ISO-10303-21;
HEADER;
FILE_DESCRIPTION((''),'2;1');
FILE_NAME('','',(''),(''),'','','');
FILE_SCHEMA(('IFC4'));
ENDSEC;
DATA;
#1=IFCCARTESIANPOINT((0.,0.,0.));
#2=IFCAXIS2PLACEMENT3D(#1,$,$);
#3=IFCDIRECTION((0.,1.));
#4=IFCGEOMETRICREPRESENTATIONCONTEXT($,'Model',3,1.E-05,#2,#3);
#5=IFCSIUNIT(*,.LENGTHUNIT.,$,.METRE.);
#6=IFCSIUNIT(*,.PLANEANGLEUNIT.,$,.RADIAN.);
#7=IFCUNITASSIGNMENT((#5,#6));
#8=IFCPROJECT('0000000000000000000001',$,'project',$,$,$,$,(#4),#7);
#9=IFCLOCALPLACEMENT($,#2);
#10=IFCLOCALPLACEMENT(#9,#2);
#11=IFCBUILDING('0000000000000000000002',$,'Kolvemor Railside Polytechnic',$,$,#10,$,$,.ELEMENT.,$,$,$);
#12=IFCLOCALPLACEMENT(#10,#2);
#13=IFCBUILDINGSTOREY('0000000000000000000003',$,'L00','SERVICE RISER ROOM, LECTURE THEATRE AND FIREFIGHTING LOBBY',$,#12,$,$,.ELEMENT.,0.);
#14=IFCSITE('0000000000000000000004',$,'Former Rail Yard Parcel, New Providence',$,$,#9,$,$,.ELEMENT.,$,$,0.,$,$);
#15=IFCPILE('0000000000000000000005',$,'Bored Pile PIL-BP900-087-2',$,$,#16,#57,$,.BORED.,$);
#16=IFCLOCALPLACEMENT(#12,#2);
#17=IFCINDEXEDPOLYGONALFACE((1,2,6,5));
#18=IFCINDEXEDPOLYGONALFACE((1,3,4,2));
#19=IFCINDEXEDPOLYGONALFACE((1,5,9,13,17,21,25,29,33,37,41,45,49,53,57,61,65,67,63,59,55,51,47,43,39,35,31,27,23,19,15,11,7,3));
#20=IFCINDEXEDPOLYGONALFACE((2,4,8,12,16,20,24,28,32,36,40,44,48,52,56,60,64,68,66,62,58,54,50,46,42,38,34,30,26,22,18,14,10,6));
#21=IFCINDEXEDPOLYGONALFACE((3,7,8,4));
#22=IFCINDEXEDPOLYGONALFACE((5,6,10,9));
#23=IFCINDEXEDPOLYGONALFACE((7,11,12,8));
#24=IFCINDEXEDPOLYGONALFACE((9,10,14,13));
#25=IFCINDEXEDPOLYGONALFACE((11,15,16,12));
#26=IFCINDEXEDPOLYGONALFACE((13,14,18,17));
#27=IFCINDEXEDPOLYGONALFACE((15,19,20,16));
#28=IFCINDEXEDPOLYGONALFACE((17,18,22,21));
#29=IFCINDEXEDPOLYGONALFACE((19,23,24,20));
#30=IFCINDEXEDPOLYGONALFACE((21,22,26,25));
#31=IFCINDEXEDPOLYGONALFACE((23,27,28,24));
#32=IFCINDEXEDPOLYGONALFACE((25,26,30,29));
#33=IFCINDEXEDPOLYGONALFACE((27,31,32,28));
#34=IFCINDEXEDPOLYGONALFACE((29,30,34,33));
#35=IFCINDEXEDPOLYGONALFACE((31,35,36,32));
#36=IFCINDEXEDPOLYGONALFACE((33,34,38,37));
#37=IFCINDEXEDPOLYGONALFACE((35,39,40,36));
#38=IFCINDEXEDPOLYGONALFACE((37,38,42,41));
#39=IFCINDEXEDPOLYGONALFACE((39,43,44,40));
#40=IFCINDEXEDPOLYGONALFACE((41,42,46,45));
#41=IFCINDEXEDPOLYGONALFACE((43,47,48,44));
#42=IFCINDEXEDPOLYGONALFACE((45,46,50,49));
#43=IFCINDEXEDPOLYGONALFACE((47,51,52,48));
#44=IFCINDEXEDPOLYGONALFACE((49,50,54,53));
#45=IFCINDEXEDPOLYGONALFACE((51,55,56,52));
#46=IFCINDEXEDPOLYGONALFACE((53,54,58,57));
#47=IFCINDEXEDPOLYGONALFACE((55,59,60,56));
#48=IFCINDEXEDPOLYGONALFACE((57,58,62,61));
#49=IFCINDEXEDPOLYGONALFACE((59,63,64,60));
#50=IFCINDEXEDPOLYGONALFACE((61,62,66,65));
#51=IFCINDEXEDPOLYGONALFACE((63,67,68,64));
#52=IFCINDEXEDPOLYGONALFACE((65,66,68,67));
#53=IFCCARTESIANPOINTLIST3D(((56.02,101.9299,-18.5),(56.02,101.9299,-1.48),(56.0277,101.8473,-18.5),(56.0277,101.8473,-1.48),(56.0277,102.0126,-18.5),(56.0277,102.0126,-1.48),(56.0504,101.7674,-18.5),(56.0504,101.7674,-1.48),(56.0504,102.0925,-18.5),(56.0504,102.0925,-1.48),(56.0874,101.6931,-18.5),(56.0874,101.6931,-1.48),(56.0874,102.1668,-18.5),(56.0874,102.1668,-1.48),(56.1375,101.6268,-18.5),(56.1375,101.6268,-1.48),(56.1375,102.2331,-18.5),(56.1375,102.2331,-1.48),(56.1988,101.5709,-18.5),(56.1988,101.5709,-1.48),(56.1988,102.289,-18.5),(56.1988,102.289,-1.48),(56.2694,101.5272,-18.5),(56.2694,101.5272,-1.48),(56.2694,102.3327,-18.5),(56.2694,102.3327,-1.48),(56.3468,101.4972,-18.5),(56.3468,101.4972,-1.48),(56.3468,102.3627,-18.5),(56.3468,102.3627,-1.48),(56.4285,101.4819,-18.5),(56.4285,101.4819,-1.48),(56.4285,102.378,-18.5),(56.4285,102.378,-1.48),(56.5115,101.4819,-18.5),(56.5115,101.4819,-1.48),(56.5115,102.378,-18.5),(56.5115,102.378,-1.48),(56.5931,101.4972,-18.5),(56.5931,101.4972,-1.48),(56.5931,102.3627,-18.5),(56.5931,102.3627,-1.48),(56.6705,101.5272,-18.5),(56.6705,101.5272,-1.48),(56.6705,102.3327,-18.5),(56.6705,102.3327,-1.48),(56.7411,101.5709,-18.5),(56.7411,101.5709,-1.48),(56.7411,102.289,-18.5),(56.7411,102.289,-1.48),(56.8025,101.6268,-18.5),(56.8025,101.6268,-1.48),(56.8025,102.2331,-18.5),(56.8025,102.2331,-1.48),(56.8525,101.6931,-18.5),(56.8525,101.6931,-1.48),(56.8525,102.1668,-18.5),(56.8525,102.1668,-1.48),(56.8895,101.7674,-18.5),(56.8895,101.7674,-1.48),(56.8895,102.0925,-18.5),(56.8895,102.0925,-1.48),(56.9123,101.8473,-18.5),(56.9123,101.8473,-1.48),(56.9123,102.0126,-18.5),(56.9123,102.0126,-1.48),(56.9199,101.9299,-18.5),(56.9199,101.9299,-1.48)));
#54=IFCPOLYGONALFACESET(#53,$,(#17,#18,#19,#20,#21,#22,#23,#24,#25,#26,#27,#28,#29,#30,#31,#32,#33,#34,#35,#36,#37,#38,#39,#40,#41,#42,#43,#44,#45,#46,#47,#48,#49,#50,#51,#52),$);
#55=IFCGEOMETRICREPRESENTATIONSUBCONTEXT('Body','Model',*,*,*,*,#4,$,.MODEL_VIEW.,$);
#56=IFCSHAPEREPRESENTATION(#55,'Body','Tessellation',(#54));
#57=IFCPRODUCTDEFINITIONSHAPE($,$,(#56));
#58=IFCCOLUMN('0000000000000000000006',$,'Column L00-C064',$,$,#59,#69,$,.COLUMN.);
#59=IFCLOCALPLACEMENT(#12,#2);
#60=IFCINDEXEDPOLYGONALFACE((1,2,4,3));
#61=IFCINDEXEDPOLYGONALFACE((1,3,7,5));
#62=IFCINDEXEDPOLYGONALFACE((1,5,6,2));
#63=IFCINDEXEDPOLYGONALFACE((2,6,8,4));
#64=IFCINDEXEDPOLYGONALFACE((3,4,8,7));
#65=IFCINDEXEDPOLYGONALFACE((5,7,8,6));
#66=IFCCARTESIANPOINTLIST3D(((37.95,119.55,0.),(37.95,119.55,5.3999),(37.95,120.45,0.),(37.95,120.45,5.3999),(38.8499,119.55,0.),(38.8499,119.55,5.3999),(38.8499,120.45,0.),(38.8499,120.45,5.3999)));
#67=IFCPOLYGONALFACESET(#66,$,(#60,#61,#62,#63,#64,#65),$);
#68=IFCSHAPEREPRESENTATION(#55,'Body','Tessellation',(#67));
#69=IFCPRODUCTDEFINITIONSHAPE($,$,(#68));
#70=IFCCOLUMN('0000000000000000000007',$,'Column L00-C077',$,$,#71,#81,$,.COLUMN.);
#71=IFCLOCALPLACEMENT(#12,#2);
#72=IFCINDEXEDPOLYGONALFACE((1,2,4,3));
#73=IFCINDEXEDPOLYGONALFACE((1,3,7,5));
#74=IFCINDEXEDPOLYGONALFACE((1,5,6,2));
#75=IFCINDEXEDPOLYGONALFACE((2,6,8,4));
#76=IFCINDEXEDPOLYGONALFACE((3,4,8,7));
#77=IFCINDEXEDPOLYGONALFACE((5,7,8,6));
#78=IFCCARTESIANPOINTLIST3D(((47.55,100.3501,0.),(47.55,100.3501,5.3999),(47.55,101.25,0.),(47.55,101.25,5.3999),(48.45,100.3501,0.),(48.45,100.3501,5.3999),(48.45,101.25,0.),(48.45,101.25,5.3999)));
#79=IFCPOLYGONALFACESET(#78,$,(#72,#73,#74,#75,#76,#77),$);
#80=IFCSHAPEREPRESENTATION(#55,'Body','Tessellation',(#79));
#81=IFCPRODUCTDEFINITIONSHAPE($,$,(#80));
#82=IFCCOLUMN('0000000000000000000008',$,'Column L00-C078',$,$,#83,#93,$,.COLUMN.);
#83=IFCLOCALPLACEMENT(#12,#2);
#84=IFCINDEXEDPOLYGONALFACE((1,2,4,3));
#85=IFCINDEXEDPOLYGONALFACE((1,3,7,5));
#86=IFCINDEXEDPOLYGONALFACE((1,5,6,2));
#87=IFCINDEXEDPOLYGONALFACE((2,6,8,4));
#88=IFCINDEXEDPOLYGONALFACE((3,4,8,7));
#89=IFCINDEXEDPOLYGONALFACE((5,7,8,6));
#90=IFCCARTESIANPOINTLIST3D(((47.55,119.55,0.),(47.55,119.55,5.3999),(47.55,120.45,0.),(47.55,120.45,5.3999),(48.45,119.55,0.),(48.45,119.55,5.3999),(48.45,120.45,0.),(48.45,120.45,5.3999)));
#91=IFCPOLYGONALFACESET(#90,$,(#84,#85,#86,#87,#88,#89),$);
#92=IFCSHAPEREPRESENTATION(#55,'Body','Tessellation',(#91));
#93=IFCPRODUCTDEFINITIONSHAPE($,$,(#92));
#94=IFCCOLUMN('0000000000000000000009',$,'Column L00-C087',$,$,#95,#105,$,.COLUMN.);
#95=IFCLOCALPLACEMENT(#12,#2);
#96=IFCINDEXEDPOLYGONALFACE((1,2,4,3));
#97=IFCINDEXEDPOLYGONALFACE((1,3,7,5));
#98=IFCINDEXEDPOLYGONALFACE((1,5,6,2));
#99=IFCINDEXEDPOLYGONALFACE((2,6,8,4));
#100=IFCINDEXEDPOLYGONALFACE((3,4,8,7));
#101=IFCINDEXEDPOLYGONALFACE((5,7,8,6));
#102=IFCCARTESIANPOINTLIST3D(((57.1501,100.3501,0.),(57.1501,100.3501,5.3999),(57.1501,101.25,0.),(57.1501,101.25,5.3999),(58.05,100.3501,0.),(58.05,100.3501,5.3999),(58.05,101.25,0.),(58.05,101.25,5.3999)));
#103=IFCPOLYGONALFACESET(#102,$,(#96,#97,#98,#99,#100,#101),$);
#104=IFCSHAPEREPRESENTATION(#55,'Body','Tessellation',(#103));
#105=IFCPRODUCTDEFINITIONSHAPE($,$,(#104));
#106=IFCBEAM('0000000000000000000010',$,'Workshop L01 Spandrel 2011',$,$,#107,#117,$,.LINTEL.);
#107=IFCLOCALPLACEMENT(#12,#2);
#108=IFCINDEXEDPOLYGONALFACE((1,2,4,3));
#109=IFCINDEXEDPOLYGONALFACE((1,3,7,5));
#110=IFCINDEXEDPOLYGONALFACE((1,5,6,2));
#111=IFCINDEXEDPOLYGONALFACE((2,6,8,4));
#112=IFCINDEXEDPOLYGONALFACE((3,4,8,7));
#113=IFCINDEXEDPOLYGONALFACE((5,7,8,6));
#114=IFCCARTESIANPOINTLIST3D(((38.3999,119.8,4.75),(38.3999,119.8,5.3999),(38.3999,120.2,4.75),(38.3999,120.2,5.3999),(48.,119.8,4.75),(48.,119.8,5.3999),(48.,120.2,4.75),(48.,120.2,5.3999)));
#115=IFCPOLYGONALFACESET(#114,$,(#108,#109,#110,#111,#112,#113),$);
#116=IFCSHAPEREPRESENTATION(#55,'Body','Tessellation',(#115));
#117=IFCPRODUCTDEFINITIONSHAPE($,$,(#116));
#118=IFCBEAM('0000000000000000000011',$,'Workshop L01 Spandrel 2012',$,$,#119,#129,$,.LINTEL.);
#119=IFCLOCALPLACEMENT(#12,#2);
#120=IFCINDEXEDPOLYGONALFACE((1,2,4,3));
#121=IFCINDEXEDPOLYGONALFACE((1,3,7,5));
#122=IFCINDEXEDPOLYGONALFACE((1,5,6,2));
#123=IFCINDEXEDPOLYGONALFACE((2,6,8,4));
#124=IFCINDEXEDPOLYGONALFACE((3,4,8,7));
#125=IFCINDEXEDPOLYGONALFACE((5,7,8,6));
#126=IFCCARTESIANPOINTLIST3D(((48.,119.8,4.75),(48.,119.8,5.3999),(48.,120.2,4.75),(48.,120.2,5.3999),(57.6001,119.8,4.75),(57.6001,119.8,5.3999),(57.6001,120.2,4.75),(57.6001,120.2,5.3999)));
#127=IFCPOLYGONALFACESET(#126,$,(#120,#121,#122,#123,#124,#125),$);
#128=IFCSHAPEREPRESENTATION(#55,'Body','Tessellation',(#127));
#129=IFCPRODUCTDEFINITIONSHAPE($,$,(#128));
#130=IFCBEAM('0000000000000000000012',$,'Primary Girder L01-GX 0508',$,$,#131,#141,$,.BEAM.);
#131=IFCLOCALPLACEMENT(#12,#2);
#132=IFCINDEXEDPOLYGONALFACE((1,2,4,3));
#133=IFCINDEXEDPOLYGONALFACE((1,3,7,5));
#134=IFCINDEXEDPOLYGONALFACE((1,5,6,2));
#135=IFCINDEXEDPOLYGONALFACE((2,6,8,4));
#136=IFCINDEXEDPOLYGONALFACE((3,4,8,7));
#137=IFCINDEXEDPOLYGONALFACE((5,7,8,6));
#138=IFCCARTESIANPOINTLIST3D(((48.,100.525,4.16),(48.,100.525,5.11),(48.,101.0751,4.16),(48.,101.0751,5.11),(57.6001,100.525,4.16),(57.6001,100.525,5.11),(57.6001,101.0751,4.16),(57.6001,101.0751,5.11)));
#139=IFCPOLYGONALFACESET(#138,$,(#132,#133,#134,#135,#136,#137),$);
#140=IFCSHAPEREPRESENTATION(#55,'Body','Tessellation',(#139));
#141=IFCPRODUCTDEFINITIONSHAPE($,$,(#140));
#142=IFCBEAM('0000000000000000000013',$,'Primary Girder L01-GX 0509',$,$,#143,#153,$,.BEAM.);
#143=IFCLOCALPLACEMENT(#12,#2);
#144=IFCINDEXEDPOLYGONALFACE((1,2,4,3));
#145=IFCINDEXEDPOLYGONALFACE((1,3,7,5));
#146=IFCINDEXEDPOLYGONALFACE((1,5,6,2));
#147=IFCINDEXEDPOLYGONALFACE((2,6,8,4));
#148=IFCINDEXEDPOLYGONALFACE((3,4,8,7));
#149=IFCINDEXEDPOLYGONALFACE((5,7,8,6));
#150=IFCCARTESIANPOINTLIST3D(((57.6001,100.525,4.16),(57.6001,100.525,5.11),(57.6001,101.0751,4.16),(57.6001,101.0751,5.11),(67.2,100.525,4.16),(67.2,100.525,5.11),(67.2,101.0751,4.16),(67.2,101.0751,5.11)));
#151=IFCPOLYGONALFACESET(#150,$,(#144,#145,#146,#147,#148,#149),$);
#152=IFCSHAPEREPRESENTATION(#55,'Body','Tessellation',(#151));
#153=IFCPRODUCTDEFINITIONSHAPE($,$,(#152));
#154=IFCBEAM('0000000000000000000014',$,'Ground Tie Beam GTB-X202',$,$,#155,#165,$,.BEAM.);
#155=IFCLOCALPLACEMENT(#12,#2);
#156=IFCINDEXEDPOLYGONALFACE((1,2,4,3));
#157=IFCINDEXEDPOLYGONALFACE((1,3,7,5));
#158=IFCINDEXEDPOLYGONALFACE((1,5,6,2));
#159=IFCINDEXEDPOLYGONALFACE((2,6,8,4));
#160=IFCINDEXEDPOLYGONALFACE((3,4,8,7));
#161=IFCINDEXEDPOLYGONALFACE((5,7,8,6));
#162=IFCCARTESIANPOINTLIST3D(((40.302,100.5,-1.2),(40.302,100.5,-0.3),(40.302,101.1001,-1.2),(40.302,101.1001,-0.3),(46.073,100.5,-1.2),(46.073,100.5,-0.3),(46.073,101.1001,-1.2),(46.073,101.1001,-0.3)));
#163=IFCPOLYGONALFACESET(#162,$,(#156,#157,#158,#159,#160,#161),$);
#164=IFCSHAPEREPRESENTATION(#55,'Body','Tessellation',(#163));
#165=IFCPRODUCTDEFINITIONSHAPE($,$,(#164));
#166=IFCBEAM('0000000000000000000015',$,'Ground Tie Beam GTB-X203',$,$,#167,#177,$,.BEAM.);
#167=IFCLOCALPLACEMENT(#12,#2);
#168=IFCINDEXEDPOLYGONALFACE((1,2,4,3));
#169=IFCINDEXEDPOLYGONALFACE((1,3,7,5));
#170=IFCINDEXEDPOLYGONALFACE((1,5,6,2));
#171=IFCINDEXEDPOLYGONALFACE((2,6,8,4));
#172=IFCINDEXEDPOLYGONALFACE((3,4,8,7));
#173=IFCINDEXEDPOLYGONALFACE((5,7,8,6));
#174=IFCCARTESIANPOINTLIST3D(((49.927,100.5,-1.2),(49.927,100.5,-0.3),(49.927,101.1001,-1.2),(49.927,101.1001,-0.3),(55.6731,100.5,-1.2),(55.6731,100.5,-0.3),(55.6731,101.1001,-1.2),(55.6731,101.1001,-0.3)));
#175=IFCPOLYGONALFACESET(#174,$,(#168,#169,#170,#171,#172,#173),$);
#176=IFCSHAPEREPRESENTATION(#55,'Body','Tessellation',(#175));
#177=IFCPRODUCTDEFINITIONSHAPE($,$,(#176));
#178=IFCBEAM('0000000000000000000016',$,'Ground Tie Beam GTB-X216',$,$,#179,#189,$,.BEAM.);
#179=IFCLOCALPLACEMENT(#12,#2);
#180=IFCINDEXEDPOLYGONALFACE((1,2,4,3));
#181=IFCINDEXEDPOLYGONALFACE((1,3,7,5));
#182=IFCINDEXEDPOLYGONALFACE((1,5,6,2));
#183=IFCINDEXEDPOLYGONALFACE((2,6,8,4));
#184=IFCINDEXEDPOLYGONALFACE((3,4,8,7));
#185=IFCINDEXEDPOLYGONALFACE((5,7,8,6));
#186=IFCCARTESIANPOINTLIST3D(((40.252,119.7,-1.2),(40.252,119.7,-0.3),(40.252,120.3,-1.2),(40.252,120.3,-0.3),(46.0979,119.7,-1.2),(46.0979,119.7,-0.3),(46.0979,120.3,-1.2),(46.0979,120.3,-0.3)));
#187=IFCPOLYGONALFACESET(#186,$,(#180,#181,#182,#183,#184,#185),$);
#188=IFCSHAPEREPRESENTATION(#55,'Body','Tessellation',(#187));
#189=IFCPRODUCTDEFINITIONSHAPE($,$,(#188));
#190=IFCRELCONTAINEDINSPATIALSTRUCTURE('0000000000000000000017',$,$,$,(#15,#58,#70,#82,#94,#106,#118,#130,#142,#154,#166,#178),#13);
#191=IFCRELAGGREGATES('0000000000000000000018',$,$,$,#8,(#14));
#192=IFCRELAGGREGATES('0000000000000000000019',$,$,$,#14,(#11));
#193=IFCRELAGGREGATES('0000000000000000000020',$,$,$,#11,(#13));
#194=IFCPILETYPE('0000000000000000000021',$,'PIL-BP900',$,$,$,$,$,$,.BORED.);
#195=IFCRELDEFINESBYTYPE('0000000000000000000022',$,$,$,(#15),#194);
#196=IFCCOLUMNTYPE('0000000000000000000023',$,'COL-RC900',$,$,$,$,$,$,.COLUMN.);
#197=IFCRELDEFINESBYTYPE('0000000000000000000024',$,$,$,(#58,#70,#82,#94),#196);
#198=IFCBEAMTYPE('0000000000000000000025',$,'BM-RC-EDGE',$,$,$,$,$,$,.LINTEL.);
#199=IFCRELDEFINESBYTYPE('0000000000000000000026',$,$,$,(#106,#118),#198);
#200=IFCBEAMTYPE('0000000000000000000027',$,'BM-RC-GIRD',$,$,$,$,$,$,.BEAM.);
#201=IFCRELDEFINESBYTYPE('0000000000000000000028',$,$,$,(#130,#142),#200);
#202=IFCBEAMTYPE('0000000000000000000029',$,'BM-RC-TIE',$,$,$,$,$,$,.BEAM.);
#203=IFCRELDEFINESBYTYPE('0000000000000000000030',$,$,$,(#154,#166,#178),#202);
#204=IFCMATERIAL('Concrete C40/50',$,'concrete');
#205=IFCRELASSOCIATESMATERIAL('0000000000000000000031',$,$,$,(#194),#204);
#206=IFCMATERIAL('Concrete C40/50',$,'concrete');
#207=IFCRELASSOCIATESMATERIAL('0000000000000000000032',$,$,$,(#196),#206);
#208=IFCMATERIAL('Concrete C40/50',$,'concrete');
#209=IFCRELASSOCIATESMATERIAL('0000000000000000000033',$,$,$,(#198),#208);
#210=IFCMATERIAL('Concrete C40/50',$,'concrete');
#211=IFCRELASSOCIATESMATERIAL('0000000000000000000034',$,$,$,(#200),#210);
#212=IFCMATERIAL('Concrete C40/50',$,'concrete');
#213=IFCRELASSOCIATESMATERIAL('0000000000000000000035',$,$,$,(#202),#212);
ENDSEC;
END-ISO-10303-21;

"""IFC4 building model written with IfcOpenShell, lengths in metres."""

from ifc_helpers import new_model, si_unit, direction, frame, origin, origin_2d, place, context, subcontext, project, spatial, rectangle, circle, extrude, material, material_profile, profile_set, type_object, element, save


model = new_model("IFC4")

# Units and contexts
model_context = context("Model", 3, precision=1e-05, world=origin(), true_north=direction((0.0, 1.0)))
body_context = subcontext(model_context, "Body", "Model", "MODEL_VIEW")
ifc_project = project(units=[si_unit("LENGTHUNIT", "METRE"), si_unit("PLANEANGLEUNIT", "RADIAN")], contexts=[model_context])

# Site, building, storey
site_placement = place(None, origin())
site = spatial("IfcSite", under=ifc_project, at=site_placement, Name="Former Rail Yard Parcel, New Providence", CompositionType="ELEMENT", RefElevation=0.0)
building_placement = place(site_placement, origin())
building = spatial("IfcBuilding", under=site, at=building_placement, Name="Kolvemor Railside Polytechnic", CompositionType="ELEMENT")
storey_placement = place(building_placement, origin())
storey = spatial("IfcBuildingStorey", under=building, at=storey_placement, Name="L00", Description="SERVICE RISER ROOM, LECTURE THEATRE AND FIREFIGHTING LOBBY", CompositionType="ELEMENT", Elevation=0.0)

# Pile
ifc_material_1 = material(Name="Concrete C40/50", Category="concrete")
ifc_material_profile_1 = material_profile(ifc_material_1, circle(Radius=0.45, at=origin_2d()), Name="BP900")
ifc_profile_set_1 = profile_set([ifc_material_profile_1], Name="Concrete C40/50")
pile_type_1 = type_object("IfcPileType", Name="PIL-BP900", PredefinedType="BORED", material=ifc_profile_set_1)
for number, where, z_axis, x_axis, name in (
    (1, (56.47, 101.9299, -1.48), (0.0, 0.0, -1.0), (1.0, 0.0, 0.0), "Bored Pile PIL-BP900-087-2"),
):
    element("IfcPile", number, at=place(storey_placement, frame(where, z_axis=z_axis, x_axis=x_axis)), inside=storey, type_object=pile_type_1, Name=name, PredefinedType="BORED", context=body_context, shape_type="SweptSolid", body=[
        extrude(circle(Radius=0.45, at=origin_2d()), origin(), (0.0, 0.0, 1.0), 17.02),
    ])

# Columns
ifc_material_2 = material(Name="Concrete C40/50", Category="concrete")
ifc_material_profile_2 = material_profile(ifc_material_2, rectangle(XDim=0.8999, YDim=0.8999, at=origin_2d()), Name="RC900x900")
ifc_profile_set_2 = profile_set([ifc_material_profile_2], Name="Concrete C40/50")
column_type = type_object("IfcColumnType", Name="COL-RC900", PredefinedType="COLUMN", material=ifc_profile_set_2)
for number, where, z_axis, x_axis, name in (
    (2, (38.3999, 120.0, 0.0), (0.0, 0.0, 1.0), (1.0, 0.0, 0.0), "Column L00-C064"),
    (3, (48.0, 100.8, 0.0), (0.0, 0.0, 1.0), (1.0, 0.0, 0.0), "Column L00-C077"),
    (4, (48.0, 120.0, 0.0), (0.0, 0.0, 1.0), (1.0, 0.0, 0.0), "Column L00-C078"),
    (5, (57.6001, 100.8, 0.0), (0.0, 0.0, 1.0), (1.0, 0.0, 0.0), "Column L00-C087"),
):
    element("IfcColumn", number, at=place(storey_placement, frame(where, z_axis=z_axis, x_axis=x_axis)), inside=storey, type_object=column_type, Name=name, PredefinedType="COLUMN", context=body_context, shape_type="SweptSolid", body=[
        extrude(rectangle(XDim=0.8999, YDim=0.8999, at=origin_2d()), origin(), (0.0, 0.0, 1.0), 5.3999),
    ])

# Beams
ifc_material_3 = material(Name="Concrete C40/50", Category="concrete")
ifc_material_profile_3 = material_profile(ifc_material_3, rectangle(XDim=0.3999, YDim=0.6499, at=origin_2d()), Name="RC400x650")
ifc_profile_set_3 = profile_set([ifc_material_profile_3], Name="Concrete C40/50")
beam_type_1 = type_object("IfcBeamType", Name="BM-RC-EDGE", PredefinedType="LINTEL", material=ifc_profile_set_3)
for number, where, z_axis, x_axis, name in (
    (6, (38.3999, 120.0, 5.075), (1.0, 0.0, 0.0), (0.0, 1.0, 0.0), "Workshop L01 Spandrel 2011"),
    (7, (48.0, 120.0, 5.075), (1.0, 0.0, 0.0), (0.0, 1.0, 0.0), "Workshop L01 Spandrel 2012"),
):
    element("IfcBeam", number, at=place(storey_placement, frame(where, z_axis=z_axis, x_axis=x_axis)), inside=storey, type_object=beam_type_1, Name=name, PredefinedType="LINTEL", context=body_context, shape_type="SweptSolid", body=[
        extrude(rectangle(XDim=0.3999, YDim=0.6499, at=origin_2d()), origin(), (0.0, 0.0, 1.0), 9.6001),
    ])
ifc_material_4 = material(Name="Concrete C40/50", Category="concrete")
ifc_material_profile_4 = material_profile(ifc_material_4, rectangle(XDim=0.55, YDim=0.95, at=origin_2d()), Name="RC550x950")
ifc_profile_set_4 = profile_set([ifc_material_profile_4], Name="Concrete C40/50")
beam_type_2 = type_object("IfcBeamType", Name="BM-RC-GIRD", PredefinedType="BEAM", material=ifc_profile_set_4)
beam_1_placement = place(storey_placement, frame((48.0, 100.8, 4.635), z_axis=(1.0, 0.0, 0.0), x_axis=(0.0, 1.0, 0.0)))
element("IfcBeam", 8, at=beam_1_placement, inside=storey, type_object=beam_type_2, Name="Primary Girder L01-GX 0508", PredefinedType="BEAM", context=body_context, shape_type="SweptSolid", body=[
    extrude(rectangle(XDim=0.55, YDim=0.95, at=origin_2d()), origin(), (0.0, 0.0, 1.0), 9.6001),
])
beam_2_placement = place(storey_placement, frame((57.6001, 100.8, 4.635), z_axis=(1.0, 0.0, 0.0), x_axis=(0.0, 1.0, 0.0)))
element("IfcBeam", 9, at=beam_2_placement, inside=storey, type_object=beam_type_2, Name="Primary Girder L01-GX 0509", PredefinedType="BEAM", context=body_context, shape_type="SweptSolid", body=[
    extrude(rectangle(XDim=0.55, YDim=0.95, at=origin_2d()), origin(), (0.0, 0.0, 1.0), 9.5999),
])
ifc_material_5 = material(Name="Concrete C40/50", Category="concrete")
ifc_material_profile_5 = material_profile(ifc_material_5, rectangle(XDim=0.6001, YDim=0.8999, at=origin_2d()), Name="RC600x900")
ifc_profile_set_5 = profile_set([ifc_material_profile_5], Name="Concrete C40/50")
beam_type_3 = type_object("IfcBeamType", Name="BM-RC-TIE", PredefinedType="BEAM", material=ifc_profile_set_5)
beam_3_placement = place(storey_placement, frame((40.302, 100.8, -0.75), z_axis=(1.0, 0.0, 0.0), x_axis=(0.0, 1.0, 0.0)))
element("IfcBeam", 10, at=beam_3_placement, inside=storey, type_object=beam_type_3, Name="Ground Tie Beam GTB-X202", PredefinedType="BEAM", context=body_context, shape_type="SweptSolid", body=[
    extrude(rectangle(XDim=0.6001, YDim=0.8999, at=origin_2d()), origin(), (0.0, 0.0, 1.0), 5.771),
])
beam_4_placement = place(storey_placement, frame((49.927, 100.8, -0.75), z_axis=(1.0, 0.0, 0.0), x_axis=(0.0, 1.0, 0.0)))
element("IfcBeam", 11, at=beam_4_placement, inside=storey, type_object=beam_type_3, Name="Ground Tie Beam GTB-X203", PredefinedType="BEAM", context=body_context, shape_type="SweptSolid", body=[
    extrude(rectangle(XDim=0.6001, YDim=0.8999, at=origin_2d()), origin(), (0.0, 0.0, 1.0), 5.7461),
])
beam_5_placement = place(storey_placement, frame((40.252, 120.0, -0.75), z_axis=(1.0, 0.0, 0.0), x_axis=(0.0, 1.0, 0.0)))
element("IfcBeam", 12, at=beam_5_placement, inside=storey, type_object=beam_type_3, Name="Ground Tie Beam GTB-X216", PredefinedType="BEAM", context=body_context, shape_type="SweptSolid", body=[
    extrude(rectangle(XDim=0.6001, YDim=0.8999, at=origin_2d()), origin(), (0.0, 0.0, 1.0), 5.8459),
])

save(model, "model.ifc")
